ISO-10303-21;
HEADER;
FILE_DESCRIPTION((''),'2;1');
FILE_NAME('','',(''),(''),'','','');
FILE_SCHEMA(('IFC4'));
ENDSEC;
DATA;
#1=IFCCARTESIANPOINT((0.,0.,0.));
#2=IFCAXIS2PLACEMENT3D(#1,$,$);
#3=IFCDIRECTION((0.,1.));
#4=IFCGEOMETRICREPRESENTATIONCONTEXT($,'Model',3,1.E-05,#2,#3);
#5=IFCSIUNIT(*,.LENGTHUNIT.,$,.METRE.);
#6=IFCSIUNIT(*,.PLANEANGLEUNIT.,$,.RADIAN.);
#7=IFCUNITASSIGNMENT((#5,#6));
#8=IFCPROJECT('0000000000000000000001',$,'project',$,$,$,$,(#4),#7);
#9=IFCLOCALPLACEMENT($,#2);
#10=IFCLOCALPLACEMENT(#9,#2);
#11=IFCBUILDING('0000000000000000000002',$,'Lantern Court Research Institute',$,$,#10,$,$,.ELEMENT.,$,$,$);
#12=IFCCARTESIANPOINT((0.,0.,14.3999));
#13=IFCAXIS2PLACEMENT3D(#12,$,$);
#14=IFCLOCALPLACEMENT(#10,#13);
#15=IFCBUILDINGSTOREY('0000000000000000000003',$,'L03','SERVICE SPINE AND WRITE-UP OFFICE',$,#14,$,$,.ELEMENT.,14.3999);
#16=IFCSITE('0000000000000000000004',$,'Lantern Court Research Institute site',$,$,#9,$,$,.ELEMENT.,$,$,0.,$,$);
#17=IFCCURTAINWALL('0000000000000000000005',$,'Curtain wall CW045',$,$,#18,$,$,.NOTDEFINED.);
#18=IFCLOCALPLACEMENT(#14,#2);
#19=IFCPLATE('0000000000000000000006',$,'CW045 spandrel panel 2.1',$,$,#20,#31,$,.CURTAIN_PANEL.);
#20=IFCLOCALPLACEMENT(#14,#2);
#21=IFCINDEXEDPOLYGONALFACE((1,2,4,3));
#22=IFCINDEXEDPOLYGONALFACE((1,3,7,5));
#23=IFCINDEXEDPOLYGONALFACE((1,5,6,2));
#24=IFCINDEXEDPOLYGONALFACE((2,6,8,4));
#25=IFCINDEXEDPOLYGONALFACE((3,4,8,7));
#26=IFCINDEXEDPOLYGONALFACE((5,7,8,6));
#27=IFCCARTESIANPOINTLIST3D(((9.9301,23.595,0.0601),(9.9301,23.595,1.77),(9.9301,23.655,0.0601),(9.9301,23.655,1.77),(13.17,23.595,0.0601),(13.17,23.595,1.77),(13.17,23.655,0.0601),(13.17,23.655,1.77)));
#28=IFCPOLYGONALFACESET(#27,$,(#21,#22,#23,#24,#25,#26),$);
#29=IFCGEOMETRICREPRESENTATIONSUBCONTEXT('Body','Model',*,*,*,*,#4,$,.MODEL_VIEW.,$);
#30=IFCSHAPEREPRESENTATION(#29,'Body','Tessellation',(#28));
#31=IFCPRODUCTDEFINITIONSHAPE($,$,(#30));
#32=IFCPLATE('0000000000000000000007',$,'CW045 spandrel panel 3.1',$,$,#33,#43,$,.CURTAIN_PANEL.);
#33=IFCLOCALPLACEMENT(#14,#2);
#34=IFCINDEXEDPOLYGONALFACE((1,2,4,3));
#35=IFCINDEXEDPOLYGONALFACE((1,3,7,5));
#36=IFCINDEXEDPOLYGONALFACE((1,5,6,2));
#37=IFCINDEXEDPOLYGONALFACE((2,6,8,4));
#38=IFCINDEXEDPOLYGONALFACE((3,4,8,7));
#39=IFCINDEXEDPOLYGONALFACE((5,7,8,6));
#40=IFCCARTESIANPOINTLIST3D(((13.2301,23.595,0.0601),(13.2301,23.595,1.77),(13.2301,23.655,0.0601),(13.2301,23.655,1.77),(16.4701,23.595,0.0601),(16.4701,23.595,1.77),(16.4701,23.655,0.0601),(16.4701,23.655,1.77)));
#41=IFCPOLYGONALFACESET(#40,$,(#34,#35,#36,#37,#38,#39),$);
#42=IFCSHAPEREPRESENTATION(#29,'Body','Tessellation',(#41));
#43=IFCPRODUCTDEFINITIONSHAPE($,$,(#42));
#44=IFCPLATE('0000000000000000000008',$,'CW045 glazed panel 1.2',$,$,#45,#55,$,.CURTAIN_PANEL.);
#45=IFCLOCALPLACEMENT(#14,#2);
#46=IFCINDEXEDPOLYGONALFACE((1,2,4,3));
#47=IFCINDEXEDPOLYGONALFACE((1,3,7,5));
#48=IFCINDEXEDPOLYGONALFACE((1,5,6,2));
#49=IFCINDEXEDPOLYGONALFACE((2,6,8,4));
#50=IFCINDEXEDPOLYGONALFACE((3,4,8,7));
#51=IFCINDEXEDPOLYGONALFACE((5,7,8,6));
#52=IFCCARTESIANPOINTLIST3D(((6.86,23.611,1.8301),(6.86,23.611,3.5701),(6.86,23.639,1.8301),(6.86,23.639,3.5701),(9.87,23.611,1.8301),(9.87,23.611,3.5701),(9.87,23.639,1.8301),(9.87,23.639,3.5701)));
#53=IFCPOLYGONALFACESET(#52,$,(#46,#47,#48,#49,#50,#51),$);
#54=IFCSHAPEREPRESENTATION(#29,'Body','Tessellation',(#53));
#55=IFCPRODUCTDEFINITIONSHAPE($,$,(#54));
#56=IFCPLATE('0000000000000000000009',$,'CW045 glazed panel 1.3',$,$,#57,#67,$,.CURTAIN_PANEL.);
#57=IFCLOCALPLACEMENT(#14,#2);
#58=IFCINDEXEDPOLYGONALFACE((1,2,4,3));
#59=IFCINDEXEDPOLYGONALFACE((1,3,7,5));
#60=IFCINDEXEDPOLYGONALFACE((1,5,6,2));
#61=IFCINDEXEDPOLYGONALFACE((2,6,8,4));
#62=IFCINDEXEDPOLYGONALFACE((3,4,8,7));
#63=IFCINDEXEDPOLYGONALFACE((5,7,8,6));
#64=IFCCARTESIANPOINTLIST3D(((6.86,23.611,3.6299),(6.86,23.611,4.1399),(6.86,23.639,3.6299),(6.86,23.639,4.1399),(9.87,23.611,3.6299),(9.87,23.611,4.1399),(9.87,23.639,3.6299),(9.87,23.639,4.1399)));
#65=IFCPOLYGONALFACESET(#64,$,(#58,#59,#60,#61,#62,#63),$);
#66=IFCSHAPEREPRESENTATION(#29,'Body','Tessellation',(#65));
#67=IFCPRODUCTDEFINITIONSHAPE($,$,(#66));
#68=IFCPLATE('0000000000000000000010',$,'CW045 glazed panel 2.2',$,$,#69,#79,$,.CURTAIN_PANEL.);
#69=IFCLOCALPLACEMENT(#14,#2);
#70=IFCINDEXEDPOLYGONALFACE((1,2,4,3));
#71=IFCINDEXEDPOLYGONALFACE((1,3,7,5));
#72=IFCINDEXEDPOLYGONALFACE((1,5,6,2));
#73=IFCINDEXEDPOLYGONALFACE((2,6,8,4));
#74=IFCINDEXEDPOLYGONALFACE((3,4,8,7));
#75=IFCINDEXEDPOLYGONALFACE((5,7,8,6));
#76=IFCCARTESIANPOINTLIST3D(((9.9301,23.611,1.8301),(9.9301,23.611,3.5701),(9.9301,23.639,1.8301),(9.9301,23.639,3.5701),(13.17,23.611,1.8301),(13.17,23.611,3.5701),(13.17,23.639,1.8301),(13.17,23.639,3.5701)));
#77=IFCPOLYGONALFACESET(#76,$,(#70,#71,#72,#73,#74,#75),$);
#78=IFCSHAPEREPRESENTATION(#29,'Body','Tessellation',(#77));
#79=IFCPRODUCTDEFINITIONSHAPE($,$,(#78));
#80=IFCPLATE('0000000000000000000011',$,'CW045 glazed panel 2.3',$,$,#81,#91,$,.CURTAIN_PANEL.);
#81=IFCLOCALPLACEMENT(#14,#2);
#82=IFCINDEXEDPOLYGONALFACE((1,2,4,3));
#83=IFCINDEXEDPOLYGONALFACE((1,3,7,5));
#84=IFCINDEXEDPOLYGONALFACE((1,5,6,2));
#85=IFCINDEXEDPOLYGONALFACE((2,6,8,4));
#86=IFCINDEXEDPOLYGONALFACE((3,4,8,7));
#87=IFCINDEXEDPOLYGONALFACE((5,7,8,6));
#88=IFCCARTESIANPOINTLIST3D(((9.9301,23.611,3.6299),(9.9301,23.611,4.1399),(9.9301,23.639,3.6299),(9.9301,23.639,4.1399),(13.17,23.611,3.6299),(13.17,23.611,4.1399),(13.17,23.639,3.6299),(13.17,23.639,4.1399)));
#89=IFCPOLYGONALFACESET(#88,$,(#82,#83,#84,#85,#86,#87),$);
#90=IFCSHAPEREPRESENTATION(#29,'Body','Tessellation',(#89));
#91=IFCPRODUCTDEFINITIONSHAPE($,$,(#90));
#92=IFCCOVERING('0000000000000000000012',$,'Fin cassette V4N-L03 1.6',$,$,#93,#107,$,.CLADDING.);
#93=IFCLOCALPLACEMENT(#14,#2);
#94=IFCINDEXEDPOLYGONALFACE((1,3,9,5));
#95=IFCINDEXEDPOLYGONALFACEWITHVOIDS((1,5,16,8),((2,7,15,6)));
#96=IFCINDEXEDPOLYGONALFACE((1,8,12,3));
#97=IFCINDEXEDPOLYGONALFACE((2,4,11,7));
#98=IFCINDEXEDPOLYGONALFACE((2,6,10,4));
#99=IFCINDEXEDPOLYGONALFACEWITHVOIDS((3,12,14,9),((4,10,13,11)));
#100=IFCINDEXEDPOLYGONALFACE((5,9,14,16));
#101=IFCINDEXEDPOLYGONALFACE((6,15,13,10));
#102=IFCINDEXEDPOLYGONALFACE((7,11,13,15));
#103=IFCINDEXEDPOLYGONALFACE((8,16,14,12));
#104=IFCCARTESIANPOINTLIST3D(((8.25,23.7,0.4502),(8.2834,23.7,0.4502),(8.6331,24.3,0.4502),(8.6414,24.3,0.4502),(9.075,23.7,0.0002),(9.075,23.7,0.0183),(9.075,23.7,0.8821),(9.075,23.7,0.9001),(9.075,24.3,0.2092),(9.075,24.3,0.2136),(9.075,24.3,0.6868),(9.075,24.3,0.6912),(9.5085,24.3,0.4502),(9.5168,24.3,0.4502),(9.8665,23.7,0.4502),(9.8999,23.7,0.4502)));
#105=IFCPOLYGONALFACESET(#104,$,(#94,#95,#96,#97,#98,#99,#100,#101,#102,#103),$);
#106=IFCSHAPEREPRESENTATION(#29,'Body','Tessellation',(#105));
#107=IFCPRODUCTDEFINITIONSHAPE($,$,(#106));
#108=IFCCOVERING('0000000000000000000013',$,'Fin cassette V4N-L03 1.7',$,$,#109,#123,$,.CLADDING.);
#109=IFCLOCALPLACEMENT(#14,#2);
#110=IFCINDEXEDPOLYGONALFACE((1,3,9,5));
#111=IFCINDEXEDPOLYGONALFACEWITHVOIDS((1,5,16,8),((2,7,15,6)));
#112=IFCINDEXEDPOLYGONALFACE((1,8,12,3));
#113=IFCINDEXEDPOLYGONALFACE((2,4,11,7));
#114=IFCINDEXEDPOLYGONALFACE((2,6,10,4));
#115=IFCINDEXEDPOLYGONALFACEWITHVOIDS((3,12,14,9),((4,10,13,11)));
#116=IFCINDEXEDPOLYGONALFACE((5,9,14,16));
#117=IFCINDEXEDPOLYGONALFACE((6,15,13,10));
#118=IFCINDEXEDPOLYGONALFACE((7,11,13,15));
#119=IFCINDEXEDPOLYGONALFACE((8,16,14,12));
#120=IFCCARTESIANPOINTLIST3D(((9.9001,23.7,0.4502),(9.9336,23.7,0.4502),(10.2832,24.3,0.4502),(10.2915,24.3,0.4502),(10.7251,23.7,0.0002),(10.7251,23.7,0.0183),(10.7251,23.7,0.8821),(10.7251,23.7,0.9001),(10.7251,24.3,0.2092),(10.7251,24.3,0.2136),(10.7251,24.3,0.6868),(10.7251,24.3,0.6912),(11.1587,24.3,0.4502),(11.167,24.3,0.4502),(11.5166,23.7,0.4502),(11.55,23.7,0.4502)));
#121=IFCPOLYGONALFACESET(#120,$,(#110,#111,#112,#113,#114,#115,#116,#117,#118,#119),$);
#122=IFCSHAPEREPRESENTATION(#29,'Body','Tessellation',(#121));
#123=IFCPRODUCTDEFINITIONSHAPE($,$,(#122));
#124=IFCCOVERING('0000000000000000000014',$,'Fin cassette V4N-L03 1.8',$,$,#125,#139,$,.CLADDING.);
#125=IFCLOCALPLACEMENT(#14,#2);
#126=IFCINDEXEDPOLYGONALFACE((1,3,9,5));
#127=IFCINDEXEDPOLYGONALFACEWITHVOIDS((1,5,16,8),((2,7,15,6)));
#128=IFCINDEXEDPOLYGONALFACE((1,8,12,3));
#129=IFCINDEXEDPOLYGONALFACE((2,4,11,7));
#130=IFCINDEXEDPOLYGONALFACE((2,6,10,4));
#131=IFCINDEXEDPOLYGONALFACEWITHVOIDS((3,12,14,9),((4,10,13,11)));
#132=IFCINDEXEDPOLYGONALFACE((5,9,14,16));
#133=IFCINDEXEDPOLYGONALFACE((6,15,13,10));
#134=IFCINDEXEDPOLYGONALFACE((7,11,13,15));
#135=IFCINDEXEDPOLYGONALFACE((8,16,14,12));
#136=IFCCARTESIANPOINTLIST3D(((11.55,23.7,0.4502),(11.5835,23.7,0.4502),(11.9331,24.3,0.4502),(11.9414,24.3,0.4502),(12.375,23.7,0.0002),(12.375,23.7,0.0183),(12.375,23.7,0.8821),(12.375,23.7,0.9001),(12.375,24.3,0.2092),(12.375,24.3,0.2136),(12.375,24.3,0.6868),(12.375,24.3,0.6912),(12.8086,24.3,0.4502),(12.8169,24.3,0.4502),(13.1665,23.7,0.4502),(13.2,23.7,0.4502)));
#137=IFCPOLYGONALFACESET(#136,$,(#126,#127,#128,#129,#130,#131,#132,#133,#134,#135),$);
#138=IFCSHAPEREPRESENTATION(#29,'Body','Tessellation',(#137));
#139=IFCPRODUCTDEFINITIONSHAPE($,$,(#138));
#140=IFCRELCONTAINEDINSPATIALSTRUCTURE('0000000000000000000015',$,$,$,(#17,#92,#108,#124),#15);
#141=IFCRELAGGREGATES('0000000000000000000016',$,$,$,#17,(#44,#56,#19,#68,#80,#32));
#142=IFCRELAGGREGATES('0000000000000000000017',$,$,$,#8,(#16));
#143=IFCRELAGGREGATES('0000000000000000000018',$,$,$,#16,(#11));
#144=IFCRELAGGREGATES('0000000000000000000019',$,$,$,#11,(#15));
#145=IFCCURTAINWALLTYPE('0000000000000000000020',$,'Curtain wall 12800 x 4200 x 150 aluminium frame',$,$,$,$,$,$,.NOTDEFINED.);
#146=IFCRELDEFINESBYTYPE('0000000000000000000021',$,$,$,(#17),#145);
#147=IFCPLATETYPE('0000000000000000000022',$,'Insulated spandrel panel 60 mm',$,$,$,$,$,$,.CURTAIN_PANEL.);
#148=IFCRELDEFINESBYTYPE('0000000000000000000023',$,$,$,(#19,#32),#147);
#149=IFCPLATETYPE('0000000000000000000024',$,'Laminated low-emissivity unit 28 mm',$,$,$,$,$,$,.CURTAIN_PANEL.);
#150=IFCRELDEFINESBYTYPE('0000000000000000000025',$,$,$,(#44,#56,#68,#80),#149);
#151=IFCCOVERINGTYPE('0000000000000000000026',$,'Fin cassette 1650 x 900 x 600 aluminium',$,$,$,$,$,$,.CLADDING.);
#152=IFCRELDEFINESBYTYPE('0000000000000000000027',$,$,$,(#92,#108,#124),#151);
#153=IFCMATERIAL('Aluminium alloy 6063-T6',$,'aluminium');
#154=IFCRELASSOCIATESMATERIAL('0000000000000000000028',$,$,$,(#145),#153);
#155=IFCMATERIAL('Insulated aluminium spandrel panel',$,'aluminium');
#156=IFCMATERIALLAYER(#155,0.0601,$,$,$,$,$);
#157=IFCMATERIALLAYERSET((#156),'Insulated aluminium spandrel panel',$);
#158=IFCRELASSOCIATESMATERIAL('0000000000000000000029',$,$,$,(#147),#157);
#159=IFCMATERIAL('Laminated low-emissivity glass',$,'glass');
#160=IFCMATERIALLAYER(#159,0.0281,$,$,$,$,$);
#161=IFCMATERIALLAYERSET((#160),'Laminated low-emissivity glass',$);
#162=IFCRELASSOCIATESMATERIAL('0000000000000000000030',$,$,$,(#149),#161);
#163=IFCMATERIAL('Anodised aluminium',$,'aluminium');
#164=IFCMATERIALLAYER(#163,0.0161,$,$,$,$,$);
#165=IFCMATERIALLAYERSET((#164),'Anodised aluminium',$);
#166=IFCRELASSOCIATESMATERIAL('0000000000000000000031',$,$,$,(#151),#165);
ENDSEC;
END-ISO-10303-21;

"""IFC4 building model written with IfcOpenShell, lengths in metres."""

from ifc_helpers import new_model, entity, si_unit, direction, frame, origin, origin_2d, place, context, subcontext, project, spatial, rectangle, extrude, material, layer, layer_set, type_object, element, aggregate, save


model = new_model("IFC4")

# Units and contexts
model_context = context("Model", 3, precision=1e-05, world=origin(), true_north=direction((0.0, 1.0)))
body_context = subcontext(model_context, "Body", "Model", "MODEL_VIEW")
ifc_project = project(units=[si_unit("LENGTHUNIT", "METRE"), si_unit("PLANEANGLEUNIT", "RADIAN")], contexts=[model_context])

# Site, building, storey
site_placement = place(None, origin())
site = spatial("IfcSite", under=ifc_project, at=site_placement, Name="Lantern Court Research Institute site", CompositionType="ELEMENT", RefElevation=0.0)
building_placement = place(site_placement, origin())
building = spatial("IfcBuilding", under=site, at=building_placement, Name="Lantern Court Research Institute", CompositionType="ELEMENT")
storey_placement = place(building_placement, frame((0.0, 0.0, 14.3999)))
storey = spatial("IfcBuildingStorey", under=building, at=storey_placement, Name="L03", Description="SERVICE SPINE AND WRITE-UP OFFICE", CompositionType="ELEMENT", Elevation=14.3999)

# Curtain wall
ifc_material_1 = material(Name="Aluminium alloy 6063-T6", Category="aluminium")
curtain_wall_type = type_object("IfcCurtainWallType", Name="Curtain wall 12800 x 4200 x 150 aluminium frame", PredefinedType="NOTDEFINED", material=ifc_material_1)
curtain_wall_placement = place(storey_placement, origin())
curtain_wall = element("IfcCurtainWall", 1, at=curtain_wall_placement, inside=storey, type_object=curtain_wall_type, Name="Curtain wall CW045", PredefinedType="NOTDEFINED")

# Plates
ifc_material_2 = material(Name="Insulated aluminium spandrel panel", Category="aluminium")
ifc_layer_1 = layer(ifc_material_2, 0.0601)
ifc_layer_set_1 = layer_set([ifc_layer_1], Name="Insulated aluminium spandrel panel")
plate_type_1 = type_object("IfcPlateType", Name="Insulated spandrel panel 60 mm", PredefinedType="CURTAIN_PANEL", material=ifc_layer_set_1)
plate_1_placement = place(storey_placement, frame((11.55, 23.625, 0.0601), z_axis=(0.0, 0.0, 1.0), x_axis=(1.0, 0.0, 0.0)))
plate_1 = element("IfcPlate", 2, at=plate_1_placement, type_object=plate_type_1, Name="CW045 spandrel panel 2.1", PredefinedType="CURTAIN_PANEL", context=body_context, shape_type="SweptSolid", body=[
    extrude(rectangle(XDim=3.24, YDim=0.0601, at=origin_2d()), origin(), (0.0, 0.0, 1.0), 1.71),
])
plate_2_placement = place(storey_placement, frame((14.8501, 23.625, 0.0601), z_axis=(0.0, 0.0, 1.0), x_axis=(1.0, 0.0, 0.0)))
plate_2 = element("IfcPlate", 3, at=plate_2_placement, type_object=plate_type_1, Name="CW045 spandrel panel 3.1", PredefinedType="CURTAIN_PANEL", context=body_context, shape_type="SweptSolid", body=[
    extrude(rectangle(XDim=3.24, YDim=0.0601, at=origin_2d()), origin(), (0.0, 0.0, 1.0), 1.71),
])
ifc_material_3 = material(Name="Laminated low-emissivity glass", Category="glass")
ifc_layer_2 = layer(ifc_material_3, 0.0281)
ifc_layer_set_2 = layer_set([ifc_layer_2], Name="Laminated low-emissivity glass")
plate_type_2 = type_object("IfcPlateType", Name="Laminated low-emissivity unit 28 mm", PredefinedType="CURTAIN_PANEL", material=ifc_layer_set_2)
plate_3_placement = place(storey_placement, frame((8.365, 23.625, 1.8301), z_axis=(0.0, 0.0, 1.0), x_axis=(1.0, 0.0, 0.0)))
plate_3 = element("IfcPlate", 4, at=plate_3_placement, type_object=plate_type_2, Name="CW045 glazed panel 1.2", PredefinedType="CURTAIN_PANEL", context=body_context, shape_type="SweptSolid", body=[
    extrude(rectangle(XDim=3.01, YDim=0.0281, at=origin_2d()), origin(), (0.0, 0.0, 1.0), 1.74),
])
plate_4_placement = place(storey_placement, frame((8.365, 23.625, 3.6299), z_axis=(0.0, 0.0, 1.0), x_axis=(1.0, 0.0, 0.0)))
plate_4 = element("IfcPlate", 5, at=plate_4_placement, type_object=plate_type_2, Name="CW045 glazed panel 1.3", PredefinedType="CURTAIN_PANEL", context=body_context, shape_type="SweptSolid", body=[
    extrude(rectangle(XDim=3.01, YDim=0.0281, at=origin_2d()), origin(), (0.0, 0.0, 1.0), 0.51),
])
plate_5_placement = place(storey_placement, frame((11.55, 23.625, 1.8301), z_axis=(0.0, 0.0, 1.0), x_axis=(1.0, 0.0, 0.0)))
plate_5 = element("IfcPlate", 6, at=plate_5_placement, type_object=plate_type_2, Name="CW045 glazed panel 2.2", PredefinedType="CURTAIN_PANEL", context=body_context, shape_type="SweptSolid", body=[
    extrude(rectangle(XDim=3.24, YDim=0.0281, at=origin_2d()), origin(), (0.0, 0.0, 1.0), 1.74),
])
plate_6_placement = place(storey_placement, frame((11.55, 23.625, 3.6299), z_axis=(0.0, 0.0, 1.0), x_axis=(1.0, 0.0, 0.0)))
plate_6 = element("IfcPlate", 7, at=plate_6_placement, type_object=plate_type_2, Name="CW045 glazed panel 2.3", PredefinedType="CURTAIN_PANEL", context=body_context, shape_type="SweptSolid", body=[
    extrude(rectangle(XDim=3.24, YDim=0.0281, at=origin_2d()), origin(), (0.0, 0.0, 1.0), 0.51),
])
aggregate(curtain_wall, [plate_3, plate_4, plate_1, plate_5, plate_6, plate_2])

# Coverings
ifc_material_4 = material(Name="Anodised aluminium", Category="aluminium")
ifc_layer_3 = layer(ifc_material_4, 0.0161)
ifc_layer_set_3 = layer_set([ifc_layer_3], Name="Anodised aluminium")
covering_type = type_object("IfcCoveringType", Name="Fin cassette 1650 x 900 x 600 aluminium", PredefinedType="CLADDING", material=ifc_layer_set_3)
covering_1_placement = place(storey_placement, frame((9.075, 23.7, 0.4502), z_axis=(0.0, 1.0, 0.0), x_axis=(-1.0, 0.0, 0.0)))
cartesian_point_1 = entity("IfcCartesianPoint", [0.825, 0.0])
cartesian_point_2 = entity("IfcCartesianPoint", [0.7915, 0.0])
cartesian_point_3 = entity("IfcCartesianPoint", [0.4419, 0.0])
cartesian_point_4 = entity("IfcCartesianPoint", [0.4336, 0.0])
element("IfcCovering", 8, at=covering_1_placement, inside=storey, type_object=covering_type, Name="Fin cassette V4N-L03 1.6", PredefinedType="CLADDING", context=body_context, shape_type="SweptSolid", body=[
    entity("IfcExtrudedAreaSolidTapered", entity("IfcArbitraryProfileDefWithVoids", "AREA", None, entity("IfcPolyline", [cartesian_point_1, entity("IfcCartesianPoint", [0.0, 0.45]), entity("IfcCartesianPoint", [-0.825, 0.0]), entity("IfcCartesianPoint", [0.0, -0.45]), cartesian_point_1]), [entity("IfcPolyline", [cartesian_point_2, entity("IfcCartesianPoint", [0.0, 0.4319]), entity("IfcCartesianPoint", [-0.7915, 0.0]), entity("IfcCartesianPoint", [0.0, -0.4319]), cartesian_point_2])]), entity("IfcAxis2Placement3D", entity("IfcCartesianPoint", [0.0, 0.0, 0.0])), entity("IfcDirection", [0.0, 0.0, 1.0]), 0.6001, entity("IfcArbitraryProfileDefWithVoids", "AREA", None, entity("IfcPolyline", [cartesian_point_3, entity("IfcCartesianPoint", [0.0, 0.241]), entity("IfcCartesianPoint", [-0.4419, 0.0]), entity("IfcCartesianPoint", [0.0, -0.241]), cartesian_point_3]), [entity("IfcPolyline", [cartesian_point_4, entity("IfcCartesianPoint", [0.0, 0.2366]), entity("IfcCartesianPoint", [-0.4336, 0.0]), entity("IfcCartesianPoint", [0.0, -0.2366]), cartesian_point_4])])),
])
covering_2_placement = place(storey_placement, frame((10.7251, 23.7, 0.4502), z_axis=(0.0, 1.0, 0.0), x_axis=(-1.0, 0.0, 0.0)))
cartesian_point_5 = entity("IfcCartesianPoint", [0.825, 0.0])
cartesian_point_6 = entity("IfcCartesianPoint", [0.7915, 0.0])
cartesian_point_7 = entity("IfcCartesianPoint", [0.4419, 0.0])
cartesian_point_8 = entity("IfcCartesianPoint", [0.4336, 0.0])
element("IfcCovering", 9, at=covering_2_placement, inside=storey, type_object=covering_type, Name="Fin cassette V4N-L03 1.7", PredefinedType="CLADDING", context=body_context, shape_type="SweptSolid", body=[
    entity("IfcExtrudedAreaSolidTapered", entity("IfcArbitraryProfileDefWithVoids", "AREA", None, entity("IfcPolyline", [cartesian_point_5, entity("IfcCartesianPoint", [0.0, 0.45]), entity("IfcCartesianPoint", [-0.825, 0.0]), entity("IfcCartesianPoint", [0.0, -0.45]), cartesian_point_5]), [entity("IfcPolyline", [cartesian_point_6, entity("IfcCartesianPoint", [0.0, 0.4319]), entity("IfcCartesianPoint", [-0.7915, 0.0]), entity("IfcCartesianPoint", [0.0, -0.4319]), cartesian_point_6])]), entity("IfcAxis2Placement3D", entity("IfcCartesianPoint", [0.0, 0.0, 0.0])), entity("IfcDirection", [0.0, 0.0, 1.0]), 0.6001, entity("IfcArbitraryProfileDefWithVoids", "AREA", None, entity("IfcPolyline", [cartesian_point_7, entity("IfcCartesianPoint", [0.0, 0.241]), entity("IfcCartesianPoint", [-0.4419, 0.0]), entity("IfcCartesianPoint", [0.0, -0.241]), cartesian_point_7]), [entity("IfcPolyline", [cartesian_point_8, entity("IfcCartesianPoint", [0.0, 0.2366]), entity("IfcCartesianPoint", [-0.4336, 0.0]), entity("IfcCartesianPoint", [0.0, -0.2366]), cartesian_point_8])])),
])
covering_3_placement = place(storey_placement, frame((12.375, 23.7, 0.4502), z_axis=(0.0, 1.0, 0.0), x_axis=(-1.0, 0.0, 0.0)))
cartesian_point_9 = entity("IfcCartesianPoint", [0.825, 0.0])
cartesian_point_10 = entity("IfcCartesianPoint", [0.7915, 0.0])
cartesian_point_11 = entity("IfcCartesianPoint", [0.4419, 0.0])
cartesian_point_12 = entity("IfcCartesianPoint", [0.4336, 0.0])
element("IfcCovering", 10, at=covering_3_placement, inside=storey, type_object=covering_type, Name="Fin cassette V4N-L03 1.8", PredefinedType="CLADDING", context=body_context, shape_type="SweptSolid", body=[
    entity("IfcExtrudedAreaSolidTapered", entity("IfcArbitraryProfileDefWithVoids", "AREA", None, entity("IfcPolyline", [cartesian_point_9, entity("IfcCartesianPoint", [0.0, 0.45]), entity("IfcCartesianPoint", [-0.825, 0.0]), entity("IfcCartesianPoint", [0.0, -0.45]), cartesian_point_9]), [entity("IfcPolyline", [cartesian_point_10, entity("IfcCartesianPoint", [0.0, 0.4319]), entity("IfcCartesianPoint", [-0.7915, 0.0]), entity("IfcCartesianPoint", [0.0, -0.4319]), cartesian_point_10])]), entity("IfcAxis2Placement3D", entity("IfcCartesianPoint", [0.0, 0.0, 0.0])), entity("IfcDirection", [0.0, 0.0, 1.0]), 0.6001, entity("IfcArbitraryProfileDefWithVoids", "AREA", None, entity("IfcPolyline", [cartesian_point_11, entity("IfcCartesianPoint", [0.0, 0.241]), entity("IfcCartesianPoint", [-0.4419, 0.0]), entity("IfcCartesianPoint", [0.0, -0.241]), cartesian_point_11]), [entity("IfcPolyline", [cartesian_point_12, entity("IfcCartesianPoint", [0.0, 0.2366]), entity("IfcCartesianPoint", [-0.4336, 0.0]), entity("IfcCartesianPoint", [0.0, -0.2366]), cartesian_point_12])])),
])

save(model, "model.ifc")
